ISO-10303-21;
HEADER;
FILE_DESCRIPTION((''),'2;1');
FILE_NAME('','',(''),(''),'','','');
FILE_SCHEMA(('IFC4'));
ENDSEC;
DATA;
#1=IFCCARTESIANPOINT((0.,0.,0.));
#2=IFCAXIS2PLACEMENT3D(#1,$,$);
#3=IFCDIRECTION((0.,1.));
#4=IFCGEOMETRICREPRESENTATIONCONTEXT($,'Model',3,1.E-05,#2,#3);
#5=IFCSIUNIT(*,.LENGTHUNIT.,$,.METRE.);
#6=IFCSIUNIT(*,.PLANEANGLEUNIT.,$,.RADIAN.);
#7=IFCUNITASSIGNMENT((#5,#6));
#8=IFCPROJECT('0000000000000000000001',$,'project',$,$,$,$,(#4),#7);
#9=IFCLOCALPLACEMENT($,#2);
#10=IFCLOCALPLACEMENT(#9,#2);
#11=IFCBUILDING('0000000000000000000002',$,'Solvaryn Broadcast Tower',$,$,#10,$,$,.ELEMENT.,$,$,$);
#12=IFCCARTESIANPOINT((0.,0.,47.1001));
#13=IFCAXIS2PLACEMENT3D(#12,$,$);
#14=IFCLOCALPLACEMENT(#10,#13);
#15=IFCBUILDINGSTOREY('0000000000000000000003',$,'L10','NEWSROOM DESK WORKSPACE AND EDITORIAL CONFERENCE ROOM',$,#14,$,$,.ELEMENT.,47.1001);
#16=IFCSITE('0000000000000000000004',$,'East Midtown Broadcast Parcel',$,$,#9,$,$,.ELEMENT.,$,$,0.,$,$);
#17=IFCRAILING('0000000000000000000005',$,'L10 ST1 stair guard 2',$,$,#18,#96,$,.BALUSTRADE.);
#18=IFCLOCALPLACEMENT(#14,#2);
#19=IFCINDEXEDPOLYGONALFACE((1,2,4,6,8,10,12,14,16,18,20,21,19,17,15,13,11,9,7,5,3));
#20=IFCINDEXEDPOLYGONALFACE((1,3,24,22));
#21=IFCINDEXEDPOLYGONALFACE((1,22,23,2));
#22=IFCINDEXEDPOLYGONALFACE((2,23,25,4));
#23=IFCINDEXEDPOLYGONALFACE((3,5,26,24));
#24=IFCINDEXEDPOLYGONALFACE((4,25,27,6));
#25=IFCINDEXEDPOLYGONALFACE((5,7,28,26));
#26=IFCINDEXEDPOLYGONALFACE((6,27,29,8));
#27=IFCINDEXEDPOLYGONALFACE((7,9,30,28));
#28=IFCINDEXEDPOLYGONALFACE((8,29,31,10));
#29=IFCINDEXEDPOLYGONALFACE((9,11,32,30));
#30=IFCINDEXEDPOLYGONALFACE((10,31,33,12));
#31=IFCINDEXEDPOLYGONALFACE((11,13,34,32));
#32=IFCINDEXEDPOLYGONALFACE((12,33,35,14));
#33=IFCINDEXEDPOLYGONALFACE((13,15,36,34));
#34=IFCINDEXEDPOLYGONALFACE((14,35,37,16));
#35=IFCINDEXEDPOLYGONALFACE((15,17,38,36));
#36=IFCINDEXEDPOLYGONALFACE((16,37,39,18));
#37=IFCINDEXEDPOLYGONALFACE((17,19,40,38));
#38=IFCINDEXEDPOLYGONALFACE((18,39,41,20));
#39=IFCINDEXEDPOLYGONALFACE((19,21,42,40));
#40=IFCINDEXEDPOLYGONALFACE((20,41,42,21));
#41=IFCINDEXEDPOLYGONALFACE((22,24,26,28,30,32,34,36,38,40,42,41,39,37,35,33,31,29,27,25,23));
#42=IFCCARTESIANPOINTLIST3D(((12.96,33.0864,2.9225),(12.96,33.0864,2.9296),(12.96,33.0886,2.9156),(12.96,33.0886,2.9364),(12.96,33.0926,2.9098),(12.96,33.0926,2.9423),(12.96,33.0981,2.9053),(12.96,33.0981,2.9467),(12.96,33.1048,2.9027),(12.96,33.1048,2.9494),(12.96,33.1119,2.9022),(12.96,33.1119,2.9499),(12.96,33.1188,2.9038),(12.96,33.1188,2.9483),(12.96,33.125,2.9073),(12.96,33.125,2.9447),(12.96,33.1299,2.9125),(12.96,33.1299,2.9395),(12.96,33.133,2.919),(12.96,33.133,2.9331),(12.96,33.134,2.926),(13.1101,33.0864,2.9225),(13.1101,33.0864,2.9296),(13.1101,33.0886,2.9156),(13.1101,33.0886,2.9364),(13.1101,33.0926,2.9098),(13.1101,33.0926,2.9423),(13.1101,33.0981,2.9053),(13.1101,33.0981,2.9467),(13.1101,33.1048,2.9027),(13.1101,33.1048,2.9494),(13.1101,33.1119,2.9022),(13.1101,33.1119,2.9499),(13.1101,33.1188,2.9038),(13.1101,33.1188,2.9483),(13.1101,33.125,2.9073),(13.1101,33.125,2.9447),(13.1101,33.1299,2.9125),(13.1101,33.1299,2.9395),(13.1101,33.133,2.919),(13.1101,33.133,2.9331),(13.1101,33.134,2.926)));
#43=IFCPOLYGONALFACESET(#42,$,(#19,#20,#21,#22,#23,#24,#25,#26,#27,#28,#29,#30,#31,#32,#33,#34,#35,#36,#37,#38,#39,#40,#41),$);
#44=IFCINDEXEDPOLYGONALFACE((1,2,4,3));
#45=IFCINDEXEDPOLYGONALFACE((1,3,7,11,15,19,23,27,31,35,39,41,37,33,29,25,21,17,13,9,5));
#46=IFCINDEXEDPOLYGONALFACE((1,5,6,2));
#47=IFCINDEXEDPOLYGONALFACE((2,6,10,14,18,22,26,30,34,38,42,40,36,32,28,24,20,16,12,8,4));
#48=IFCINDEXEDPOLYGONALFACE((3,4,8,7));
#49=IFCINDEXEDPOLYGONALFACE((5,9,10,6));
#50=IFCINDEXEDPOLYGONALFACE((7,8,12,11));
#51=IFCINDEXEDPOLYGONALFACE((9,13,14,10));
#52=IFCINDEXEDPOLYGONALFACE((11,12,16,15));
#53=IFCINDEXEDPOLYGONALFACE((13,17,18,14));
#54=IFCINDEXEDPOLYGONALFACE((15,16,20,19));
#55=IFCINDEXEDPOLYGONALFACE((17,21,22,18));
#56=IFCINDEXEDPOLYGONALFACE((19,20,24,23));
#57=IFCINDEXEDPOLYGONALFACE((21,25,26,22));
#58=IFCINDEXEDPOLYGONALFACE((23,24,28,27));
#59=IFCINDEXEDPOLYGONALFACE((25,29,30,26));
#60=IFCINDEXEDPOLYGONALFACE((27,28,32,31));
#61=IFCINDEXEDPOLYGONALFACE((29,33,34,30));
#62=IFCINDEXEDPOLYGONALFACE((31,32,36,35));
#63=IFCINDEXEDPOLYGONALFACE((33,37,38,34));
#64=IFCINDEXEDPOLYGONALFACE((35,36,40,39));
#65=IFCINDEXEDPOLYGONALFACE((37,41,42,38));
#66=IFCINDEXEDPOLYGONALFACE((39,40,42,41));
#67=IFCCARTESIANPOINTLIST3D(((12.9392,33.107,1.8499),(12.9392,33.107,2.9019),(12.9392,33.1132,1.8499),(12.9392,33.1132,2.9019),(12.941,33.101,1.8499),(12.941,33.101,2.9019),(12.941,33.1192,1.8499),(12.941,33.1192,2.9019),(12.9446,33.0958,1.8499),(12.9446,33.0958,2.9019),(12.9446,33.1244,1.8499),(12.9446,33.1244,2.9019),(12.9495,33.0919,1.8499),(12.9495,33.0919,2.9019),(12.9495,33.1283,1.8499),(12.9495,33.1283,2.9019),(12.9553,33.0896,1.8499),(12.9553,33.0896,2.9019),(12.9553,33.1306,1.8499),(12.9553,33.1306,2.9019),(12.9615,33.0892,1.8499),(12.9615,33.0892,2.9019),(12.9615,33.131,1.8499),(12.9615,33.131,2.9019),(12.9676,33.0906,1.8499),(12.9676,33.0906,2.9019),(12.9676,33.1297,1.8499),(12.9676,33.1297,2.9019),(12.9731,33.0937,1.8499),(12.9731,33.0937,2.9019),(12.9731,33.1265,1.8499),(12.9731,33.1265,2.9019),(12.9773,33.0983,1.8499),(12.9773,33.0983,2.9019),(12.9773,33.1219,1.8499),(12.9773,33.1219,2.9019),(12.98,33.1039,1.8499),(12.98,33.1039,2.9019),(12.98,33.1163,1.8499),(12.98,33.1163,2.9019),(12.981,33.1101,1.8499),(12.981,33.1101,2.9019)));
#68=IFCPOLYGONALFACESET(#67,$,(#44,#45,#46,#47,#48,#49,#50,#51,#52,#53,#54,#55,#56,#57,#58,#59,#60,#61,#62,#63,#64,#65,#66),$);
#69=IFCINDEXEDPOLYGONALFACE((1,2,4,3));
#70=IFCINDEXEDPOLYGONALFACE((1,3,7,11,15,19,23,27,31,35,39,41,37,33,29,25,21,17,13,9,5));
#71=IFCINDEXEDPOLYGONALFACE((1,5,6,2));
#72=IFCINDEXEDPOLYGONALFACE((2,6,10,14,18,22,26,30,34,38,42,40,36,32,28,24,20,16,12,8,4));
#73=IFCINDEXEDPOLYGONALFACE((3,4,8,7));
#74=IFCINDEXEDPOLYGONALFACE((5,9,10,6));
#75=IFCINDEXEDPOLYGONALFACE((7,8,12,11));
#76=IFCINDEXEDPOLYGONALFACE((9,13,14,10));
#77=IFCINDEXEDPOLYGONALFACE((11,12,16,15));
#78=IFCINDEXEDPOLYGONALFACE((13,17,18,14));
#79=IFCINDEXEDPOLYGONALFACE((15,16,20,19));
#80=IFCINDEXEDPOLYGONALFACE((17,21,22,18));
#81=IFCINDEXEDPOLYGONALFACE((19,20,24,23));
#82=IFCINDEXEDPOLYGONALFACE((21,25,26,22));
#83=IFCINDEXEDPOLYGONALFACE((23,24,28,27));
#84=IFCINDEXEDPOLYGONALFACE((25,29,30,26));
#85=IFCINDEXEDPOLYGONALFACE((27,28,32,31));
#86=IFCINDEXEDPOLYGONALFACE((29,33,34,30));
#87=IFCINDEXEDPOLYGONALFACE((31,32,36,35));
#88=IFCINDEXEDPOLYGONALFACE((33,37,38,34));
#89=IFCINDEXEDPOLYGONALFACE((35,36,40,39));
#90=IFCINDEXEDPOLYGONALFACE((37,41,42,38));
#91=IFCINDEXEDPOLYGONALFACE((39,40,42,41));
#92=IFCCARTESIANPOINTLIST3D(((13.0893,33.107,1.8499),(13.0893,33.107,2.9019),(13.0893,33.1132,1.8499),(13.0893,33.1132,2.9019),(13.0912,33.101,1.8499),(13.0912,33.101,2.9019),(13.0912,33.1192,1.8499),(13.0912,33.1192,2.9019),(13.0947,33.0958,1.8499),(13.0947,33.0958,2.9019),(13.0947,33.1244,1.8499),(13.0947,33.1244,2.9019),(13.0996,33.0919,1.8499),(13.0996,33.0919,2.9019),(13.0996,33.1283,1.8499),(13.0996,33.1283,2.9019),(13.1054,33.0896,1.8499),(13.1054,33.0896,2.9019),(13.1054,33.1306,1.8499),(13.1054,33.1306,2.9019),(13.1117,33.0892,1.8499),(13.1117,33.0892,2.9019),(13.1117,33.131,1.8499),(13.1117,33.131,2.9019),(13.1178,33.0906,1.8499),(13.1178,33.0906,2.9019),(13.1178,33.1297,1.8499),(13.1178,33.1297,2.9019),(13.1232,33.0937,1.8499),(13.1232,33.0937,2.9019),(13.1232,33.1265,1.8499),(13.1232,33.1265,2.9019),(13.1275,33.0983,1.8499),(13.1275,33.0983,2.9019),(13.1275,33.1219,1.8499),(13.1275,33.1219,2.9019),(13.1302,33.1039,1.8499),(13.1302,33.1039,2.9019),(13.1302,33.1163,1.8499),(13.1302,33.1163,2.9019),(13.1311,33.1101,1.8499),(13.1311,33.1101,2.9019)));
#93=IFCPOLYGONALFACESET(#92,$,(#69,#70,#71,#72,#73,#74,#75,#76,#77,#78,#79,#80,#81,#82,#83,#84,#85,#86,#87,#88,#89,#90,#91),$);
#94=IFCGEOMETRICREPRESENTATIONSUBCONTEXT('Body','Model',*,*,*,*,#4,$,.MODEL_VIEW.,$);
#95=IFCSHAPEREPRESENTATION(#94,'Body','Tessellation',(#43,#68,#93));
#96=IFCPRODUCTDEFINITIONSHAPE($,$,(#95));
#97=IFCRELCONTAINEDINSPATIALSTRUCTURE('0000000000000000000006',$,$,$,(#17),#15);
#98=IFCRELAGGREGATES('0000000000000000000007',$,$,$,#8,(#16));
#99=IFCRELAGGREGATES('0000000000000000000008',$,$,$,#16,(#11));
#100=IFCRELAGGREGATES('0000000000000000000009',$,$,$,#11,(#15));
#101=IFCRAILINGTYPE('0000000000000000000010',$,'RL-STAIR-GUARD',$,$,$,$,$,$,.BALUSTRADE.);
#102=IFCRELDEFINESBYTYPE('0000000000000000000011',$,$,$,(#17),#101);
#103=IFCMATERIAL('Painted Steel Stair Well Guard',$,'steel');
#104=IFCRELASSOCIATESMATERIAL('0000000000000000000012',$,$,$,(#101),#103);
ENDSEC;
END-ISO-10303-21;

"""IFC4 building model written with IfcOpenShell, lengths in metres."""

from ifc_helpers import new_model, si_unit, direction, frame, origin, origin_2d, place, context, subcontext, project, spatial, circle, extrude, material, type_object, element, save


model = new_model("IFC4")

# Units and contexts
model_context = context("Model", 3, precision=1e-05, world=origin(), true_north=direction((0.0, 1.0)))
body_context = subcontext(model_context, "Body", "Model", "MODEL_VIEW")
ifc_project = project(units=[si_unit("LENGTHUNIT", "METRE"), si_unit("PLANEANGLEUNIT", "RADIAN")], contexts=[model_context])

# Site, building, storey
site_placement = place(None, origin())
site = spatial("IfcSite", under=ifc_project, at=site_placement, Name="East Midtown Broadcast Parcel", CompositionType="ELEMENT", RefElevation=0.0)
building_placement = place(site_placement, origin())
building = spatial("IfcBuilding", under=site, at=building_placement, Name="Solvaryn Broadcast Tower", CompositionType="ELEMENT")
storey_placement = place(building_placement, frame((0.0, 0.0, 47.1001)))
storey = spatial("IfcBuildingStorey", under=building, at=storey_placement, Name="L10", Description="NEWSROOM DESK WORKSPACE AND EDITORIAL CONFERENCE ROOM", CompositionType="ELEMENT", Elevation=47.1001)

# Railing
ifc_material_1 = material(Name="Painted Steel Stair Well Guard", Category="steel")
railing_type_1 = type_object("IfcRailingType", Name="RL-STAIR-GUARD", PredefinedType="BALUSTRADE", material=ifc_material_1)
railing_1_placement = place(storey_placement, frame((12.96, 33.1101, 1.8499)))
element("IfcRailing", 1, at=railing_1_placement, inside=storey, type_object=railing_type_1, Name="L10 ST1 stair guard 2", PredefinedType="BALUSTRADE", context=body_context, shape_type="SweptSolid", body=[
    extrude(circle(Radius=0.0239, at=origin_2d()), frame((0.0, 0.0, 1.0762), z_axis=(1.0, 0.0, 0.0), x_axis=(0.0, 1.0, 0.0)), (0.0, 0.0, 1.0), 0.1501),
    extrude(circle(Radius=0.021, at=origin_2d()), origin(), (0.0, 0.0, 1.0), 1.052),
    extrude(circle(Radius=0.021, at=origin_2d()), frame((0.1501, 0.0, 0.0)), (0.0, 0.0, 1.0), 1.052),
])

save(model, "model.ifc")
